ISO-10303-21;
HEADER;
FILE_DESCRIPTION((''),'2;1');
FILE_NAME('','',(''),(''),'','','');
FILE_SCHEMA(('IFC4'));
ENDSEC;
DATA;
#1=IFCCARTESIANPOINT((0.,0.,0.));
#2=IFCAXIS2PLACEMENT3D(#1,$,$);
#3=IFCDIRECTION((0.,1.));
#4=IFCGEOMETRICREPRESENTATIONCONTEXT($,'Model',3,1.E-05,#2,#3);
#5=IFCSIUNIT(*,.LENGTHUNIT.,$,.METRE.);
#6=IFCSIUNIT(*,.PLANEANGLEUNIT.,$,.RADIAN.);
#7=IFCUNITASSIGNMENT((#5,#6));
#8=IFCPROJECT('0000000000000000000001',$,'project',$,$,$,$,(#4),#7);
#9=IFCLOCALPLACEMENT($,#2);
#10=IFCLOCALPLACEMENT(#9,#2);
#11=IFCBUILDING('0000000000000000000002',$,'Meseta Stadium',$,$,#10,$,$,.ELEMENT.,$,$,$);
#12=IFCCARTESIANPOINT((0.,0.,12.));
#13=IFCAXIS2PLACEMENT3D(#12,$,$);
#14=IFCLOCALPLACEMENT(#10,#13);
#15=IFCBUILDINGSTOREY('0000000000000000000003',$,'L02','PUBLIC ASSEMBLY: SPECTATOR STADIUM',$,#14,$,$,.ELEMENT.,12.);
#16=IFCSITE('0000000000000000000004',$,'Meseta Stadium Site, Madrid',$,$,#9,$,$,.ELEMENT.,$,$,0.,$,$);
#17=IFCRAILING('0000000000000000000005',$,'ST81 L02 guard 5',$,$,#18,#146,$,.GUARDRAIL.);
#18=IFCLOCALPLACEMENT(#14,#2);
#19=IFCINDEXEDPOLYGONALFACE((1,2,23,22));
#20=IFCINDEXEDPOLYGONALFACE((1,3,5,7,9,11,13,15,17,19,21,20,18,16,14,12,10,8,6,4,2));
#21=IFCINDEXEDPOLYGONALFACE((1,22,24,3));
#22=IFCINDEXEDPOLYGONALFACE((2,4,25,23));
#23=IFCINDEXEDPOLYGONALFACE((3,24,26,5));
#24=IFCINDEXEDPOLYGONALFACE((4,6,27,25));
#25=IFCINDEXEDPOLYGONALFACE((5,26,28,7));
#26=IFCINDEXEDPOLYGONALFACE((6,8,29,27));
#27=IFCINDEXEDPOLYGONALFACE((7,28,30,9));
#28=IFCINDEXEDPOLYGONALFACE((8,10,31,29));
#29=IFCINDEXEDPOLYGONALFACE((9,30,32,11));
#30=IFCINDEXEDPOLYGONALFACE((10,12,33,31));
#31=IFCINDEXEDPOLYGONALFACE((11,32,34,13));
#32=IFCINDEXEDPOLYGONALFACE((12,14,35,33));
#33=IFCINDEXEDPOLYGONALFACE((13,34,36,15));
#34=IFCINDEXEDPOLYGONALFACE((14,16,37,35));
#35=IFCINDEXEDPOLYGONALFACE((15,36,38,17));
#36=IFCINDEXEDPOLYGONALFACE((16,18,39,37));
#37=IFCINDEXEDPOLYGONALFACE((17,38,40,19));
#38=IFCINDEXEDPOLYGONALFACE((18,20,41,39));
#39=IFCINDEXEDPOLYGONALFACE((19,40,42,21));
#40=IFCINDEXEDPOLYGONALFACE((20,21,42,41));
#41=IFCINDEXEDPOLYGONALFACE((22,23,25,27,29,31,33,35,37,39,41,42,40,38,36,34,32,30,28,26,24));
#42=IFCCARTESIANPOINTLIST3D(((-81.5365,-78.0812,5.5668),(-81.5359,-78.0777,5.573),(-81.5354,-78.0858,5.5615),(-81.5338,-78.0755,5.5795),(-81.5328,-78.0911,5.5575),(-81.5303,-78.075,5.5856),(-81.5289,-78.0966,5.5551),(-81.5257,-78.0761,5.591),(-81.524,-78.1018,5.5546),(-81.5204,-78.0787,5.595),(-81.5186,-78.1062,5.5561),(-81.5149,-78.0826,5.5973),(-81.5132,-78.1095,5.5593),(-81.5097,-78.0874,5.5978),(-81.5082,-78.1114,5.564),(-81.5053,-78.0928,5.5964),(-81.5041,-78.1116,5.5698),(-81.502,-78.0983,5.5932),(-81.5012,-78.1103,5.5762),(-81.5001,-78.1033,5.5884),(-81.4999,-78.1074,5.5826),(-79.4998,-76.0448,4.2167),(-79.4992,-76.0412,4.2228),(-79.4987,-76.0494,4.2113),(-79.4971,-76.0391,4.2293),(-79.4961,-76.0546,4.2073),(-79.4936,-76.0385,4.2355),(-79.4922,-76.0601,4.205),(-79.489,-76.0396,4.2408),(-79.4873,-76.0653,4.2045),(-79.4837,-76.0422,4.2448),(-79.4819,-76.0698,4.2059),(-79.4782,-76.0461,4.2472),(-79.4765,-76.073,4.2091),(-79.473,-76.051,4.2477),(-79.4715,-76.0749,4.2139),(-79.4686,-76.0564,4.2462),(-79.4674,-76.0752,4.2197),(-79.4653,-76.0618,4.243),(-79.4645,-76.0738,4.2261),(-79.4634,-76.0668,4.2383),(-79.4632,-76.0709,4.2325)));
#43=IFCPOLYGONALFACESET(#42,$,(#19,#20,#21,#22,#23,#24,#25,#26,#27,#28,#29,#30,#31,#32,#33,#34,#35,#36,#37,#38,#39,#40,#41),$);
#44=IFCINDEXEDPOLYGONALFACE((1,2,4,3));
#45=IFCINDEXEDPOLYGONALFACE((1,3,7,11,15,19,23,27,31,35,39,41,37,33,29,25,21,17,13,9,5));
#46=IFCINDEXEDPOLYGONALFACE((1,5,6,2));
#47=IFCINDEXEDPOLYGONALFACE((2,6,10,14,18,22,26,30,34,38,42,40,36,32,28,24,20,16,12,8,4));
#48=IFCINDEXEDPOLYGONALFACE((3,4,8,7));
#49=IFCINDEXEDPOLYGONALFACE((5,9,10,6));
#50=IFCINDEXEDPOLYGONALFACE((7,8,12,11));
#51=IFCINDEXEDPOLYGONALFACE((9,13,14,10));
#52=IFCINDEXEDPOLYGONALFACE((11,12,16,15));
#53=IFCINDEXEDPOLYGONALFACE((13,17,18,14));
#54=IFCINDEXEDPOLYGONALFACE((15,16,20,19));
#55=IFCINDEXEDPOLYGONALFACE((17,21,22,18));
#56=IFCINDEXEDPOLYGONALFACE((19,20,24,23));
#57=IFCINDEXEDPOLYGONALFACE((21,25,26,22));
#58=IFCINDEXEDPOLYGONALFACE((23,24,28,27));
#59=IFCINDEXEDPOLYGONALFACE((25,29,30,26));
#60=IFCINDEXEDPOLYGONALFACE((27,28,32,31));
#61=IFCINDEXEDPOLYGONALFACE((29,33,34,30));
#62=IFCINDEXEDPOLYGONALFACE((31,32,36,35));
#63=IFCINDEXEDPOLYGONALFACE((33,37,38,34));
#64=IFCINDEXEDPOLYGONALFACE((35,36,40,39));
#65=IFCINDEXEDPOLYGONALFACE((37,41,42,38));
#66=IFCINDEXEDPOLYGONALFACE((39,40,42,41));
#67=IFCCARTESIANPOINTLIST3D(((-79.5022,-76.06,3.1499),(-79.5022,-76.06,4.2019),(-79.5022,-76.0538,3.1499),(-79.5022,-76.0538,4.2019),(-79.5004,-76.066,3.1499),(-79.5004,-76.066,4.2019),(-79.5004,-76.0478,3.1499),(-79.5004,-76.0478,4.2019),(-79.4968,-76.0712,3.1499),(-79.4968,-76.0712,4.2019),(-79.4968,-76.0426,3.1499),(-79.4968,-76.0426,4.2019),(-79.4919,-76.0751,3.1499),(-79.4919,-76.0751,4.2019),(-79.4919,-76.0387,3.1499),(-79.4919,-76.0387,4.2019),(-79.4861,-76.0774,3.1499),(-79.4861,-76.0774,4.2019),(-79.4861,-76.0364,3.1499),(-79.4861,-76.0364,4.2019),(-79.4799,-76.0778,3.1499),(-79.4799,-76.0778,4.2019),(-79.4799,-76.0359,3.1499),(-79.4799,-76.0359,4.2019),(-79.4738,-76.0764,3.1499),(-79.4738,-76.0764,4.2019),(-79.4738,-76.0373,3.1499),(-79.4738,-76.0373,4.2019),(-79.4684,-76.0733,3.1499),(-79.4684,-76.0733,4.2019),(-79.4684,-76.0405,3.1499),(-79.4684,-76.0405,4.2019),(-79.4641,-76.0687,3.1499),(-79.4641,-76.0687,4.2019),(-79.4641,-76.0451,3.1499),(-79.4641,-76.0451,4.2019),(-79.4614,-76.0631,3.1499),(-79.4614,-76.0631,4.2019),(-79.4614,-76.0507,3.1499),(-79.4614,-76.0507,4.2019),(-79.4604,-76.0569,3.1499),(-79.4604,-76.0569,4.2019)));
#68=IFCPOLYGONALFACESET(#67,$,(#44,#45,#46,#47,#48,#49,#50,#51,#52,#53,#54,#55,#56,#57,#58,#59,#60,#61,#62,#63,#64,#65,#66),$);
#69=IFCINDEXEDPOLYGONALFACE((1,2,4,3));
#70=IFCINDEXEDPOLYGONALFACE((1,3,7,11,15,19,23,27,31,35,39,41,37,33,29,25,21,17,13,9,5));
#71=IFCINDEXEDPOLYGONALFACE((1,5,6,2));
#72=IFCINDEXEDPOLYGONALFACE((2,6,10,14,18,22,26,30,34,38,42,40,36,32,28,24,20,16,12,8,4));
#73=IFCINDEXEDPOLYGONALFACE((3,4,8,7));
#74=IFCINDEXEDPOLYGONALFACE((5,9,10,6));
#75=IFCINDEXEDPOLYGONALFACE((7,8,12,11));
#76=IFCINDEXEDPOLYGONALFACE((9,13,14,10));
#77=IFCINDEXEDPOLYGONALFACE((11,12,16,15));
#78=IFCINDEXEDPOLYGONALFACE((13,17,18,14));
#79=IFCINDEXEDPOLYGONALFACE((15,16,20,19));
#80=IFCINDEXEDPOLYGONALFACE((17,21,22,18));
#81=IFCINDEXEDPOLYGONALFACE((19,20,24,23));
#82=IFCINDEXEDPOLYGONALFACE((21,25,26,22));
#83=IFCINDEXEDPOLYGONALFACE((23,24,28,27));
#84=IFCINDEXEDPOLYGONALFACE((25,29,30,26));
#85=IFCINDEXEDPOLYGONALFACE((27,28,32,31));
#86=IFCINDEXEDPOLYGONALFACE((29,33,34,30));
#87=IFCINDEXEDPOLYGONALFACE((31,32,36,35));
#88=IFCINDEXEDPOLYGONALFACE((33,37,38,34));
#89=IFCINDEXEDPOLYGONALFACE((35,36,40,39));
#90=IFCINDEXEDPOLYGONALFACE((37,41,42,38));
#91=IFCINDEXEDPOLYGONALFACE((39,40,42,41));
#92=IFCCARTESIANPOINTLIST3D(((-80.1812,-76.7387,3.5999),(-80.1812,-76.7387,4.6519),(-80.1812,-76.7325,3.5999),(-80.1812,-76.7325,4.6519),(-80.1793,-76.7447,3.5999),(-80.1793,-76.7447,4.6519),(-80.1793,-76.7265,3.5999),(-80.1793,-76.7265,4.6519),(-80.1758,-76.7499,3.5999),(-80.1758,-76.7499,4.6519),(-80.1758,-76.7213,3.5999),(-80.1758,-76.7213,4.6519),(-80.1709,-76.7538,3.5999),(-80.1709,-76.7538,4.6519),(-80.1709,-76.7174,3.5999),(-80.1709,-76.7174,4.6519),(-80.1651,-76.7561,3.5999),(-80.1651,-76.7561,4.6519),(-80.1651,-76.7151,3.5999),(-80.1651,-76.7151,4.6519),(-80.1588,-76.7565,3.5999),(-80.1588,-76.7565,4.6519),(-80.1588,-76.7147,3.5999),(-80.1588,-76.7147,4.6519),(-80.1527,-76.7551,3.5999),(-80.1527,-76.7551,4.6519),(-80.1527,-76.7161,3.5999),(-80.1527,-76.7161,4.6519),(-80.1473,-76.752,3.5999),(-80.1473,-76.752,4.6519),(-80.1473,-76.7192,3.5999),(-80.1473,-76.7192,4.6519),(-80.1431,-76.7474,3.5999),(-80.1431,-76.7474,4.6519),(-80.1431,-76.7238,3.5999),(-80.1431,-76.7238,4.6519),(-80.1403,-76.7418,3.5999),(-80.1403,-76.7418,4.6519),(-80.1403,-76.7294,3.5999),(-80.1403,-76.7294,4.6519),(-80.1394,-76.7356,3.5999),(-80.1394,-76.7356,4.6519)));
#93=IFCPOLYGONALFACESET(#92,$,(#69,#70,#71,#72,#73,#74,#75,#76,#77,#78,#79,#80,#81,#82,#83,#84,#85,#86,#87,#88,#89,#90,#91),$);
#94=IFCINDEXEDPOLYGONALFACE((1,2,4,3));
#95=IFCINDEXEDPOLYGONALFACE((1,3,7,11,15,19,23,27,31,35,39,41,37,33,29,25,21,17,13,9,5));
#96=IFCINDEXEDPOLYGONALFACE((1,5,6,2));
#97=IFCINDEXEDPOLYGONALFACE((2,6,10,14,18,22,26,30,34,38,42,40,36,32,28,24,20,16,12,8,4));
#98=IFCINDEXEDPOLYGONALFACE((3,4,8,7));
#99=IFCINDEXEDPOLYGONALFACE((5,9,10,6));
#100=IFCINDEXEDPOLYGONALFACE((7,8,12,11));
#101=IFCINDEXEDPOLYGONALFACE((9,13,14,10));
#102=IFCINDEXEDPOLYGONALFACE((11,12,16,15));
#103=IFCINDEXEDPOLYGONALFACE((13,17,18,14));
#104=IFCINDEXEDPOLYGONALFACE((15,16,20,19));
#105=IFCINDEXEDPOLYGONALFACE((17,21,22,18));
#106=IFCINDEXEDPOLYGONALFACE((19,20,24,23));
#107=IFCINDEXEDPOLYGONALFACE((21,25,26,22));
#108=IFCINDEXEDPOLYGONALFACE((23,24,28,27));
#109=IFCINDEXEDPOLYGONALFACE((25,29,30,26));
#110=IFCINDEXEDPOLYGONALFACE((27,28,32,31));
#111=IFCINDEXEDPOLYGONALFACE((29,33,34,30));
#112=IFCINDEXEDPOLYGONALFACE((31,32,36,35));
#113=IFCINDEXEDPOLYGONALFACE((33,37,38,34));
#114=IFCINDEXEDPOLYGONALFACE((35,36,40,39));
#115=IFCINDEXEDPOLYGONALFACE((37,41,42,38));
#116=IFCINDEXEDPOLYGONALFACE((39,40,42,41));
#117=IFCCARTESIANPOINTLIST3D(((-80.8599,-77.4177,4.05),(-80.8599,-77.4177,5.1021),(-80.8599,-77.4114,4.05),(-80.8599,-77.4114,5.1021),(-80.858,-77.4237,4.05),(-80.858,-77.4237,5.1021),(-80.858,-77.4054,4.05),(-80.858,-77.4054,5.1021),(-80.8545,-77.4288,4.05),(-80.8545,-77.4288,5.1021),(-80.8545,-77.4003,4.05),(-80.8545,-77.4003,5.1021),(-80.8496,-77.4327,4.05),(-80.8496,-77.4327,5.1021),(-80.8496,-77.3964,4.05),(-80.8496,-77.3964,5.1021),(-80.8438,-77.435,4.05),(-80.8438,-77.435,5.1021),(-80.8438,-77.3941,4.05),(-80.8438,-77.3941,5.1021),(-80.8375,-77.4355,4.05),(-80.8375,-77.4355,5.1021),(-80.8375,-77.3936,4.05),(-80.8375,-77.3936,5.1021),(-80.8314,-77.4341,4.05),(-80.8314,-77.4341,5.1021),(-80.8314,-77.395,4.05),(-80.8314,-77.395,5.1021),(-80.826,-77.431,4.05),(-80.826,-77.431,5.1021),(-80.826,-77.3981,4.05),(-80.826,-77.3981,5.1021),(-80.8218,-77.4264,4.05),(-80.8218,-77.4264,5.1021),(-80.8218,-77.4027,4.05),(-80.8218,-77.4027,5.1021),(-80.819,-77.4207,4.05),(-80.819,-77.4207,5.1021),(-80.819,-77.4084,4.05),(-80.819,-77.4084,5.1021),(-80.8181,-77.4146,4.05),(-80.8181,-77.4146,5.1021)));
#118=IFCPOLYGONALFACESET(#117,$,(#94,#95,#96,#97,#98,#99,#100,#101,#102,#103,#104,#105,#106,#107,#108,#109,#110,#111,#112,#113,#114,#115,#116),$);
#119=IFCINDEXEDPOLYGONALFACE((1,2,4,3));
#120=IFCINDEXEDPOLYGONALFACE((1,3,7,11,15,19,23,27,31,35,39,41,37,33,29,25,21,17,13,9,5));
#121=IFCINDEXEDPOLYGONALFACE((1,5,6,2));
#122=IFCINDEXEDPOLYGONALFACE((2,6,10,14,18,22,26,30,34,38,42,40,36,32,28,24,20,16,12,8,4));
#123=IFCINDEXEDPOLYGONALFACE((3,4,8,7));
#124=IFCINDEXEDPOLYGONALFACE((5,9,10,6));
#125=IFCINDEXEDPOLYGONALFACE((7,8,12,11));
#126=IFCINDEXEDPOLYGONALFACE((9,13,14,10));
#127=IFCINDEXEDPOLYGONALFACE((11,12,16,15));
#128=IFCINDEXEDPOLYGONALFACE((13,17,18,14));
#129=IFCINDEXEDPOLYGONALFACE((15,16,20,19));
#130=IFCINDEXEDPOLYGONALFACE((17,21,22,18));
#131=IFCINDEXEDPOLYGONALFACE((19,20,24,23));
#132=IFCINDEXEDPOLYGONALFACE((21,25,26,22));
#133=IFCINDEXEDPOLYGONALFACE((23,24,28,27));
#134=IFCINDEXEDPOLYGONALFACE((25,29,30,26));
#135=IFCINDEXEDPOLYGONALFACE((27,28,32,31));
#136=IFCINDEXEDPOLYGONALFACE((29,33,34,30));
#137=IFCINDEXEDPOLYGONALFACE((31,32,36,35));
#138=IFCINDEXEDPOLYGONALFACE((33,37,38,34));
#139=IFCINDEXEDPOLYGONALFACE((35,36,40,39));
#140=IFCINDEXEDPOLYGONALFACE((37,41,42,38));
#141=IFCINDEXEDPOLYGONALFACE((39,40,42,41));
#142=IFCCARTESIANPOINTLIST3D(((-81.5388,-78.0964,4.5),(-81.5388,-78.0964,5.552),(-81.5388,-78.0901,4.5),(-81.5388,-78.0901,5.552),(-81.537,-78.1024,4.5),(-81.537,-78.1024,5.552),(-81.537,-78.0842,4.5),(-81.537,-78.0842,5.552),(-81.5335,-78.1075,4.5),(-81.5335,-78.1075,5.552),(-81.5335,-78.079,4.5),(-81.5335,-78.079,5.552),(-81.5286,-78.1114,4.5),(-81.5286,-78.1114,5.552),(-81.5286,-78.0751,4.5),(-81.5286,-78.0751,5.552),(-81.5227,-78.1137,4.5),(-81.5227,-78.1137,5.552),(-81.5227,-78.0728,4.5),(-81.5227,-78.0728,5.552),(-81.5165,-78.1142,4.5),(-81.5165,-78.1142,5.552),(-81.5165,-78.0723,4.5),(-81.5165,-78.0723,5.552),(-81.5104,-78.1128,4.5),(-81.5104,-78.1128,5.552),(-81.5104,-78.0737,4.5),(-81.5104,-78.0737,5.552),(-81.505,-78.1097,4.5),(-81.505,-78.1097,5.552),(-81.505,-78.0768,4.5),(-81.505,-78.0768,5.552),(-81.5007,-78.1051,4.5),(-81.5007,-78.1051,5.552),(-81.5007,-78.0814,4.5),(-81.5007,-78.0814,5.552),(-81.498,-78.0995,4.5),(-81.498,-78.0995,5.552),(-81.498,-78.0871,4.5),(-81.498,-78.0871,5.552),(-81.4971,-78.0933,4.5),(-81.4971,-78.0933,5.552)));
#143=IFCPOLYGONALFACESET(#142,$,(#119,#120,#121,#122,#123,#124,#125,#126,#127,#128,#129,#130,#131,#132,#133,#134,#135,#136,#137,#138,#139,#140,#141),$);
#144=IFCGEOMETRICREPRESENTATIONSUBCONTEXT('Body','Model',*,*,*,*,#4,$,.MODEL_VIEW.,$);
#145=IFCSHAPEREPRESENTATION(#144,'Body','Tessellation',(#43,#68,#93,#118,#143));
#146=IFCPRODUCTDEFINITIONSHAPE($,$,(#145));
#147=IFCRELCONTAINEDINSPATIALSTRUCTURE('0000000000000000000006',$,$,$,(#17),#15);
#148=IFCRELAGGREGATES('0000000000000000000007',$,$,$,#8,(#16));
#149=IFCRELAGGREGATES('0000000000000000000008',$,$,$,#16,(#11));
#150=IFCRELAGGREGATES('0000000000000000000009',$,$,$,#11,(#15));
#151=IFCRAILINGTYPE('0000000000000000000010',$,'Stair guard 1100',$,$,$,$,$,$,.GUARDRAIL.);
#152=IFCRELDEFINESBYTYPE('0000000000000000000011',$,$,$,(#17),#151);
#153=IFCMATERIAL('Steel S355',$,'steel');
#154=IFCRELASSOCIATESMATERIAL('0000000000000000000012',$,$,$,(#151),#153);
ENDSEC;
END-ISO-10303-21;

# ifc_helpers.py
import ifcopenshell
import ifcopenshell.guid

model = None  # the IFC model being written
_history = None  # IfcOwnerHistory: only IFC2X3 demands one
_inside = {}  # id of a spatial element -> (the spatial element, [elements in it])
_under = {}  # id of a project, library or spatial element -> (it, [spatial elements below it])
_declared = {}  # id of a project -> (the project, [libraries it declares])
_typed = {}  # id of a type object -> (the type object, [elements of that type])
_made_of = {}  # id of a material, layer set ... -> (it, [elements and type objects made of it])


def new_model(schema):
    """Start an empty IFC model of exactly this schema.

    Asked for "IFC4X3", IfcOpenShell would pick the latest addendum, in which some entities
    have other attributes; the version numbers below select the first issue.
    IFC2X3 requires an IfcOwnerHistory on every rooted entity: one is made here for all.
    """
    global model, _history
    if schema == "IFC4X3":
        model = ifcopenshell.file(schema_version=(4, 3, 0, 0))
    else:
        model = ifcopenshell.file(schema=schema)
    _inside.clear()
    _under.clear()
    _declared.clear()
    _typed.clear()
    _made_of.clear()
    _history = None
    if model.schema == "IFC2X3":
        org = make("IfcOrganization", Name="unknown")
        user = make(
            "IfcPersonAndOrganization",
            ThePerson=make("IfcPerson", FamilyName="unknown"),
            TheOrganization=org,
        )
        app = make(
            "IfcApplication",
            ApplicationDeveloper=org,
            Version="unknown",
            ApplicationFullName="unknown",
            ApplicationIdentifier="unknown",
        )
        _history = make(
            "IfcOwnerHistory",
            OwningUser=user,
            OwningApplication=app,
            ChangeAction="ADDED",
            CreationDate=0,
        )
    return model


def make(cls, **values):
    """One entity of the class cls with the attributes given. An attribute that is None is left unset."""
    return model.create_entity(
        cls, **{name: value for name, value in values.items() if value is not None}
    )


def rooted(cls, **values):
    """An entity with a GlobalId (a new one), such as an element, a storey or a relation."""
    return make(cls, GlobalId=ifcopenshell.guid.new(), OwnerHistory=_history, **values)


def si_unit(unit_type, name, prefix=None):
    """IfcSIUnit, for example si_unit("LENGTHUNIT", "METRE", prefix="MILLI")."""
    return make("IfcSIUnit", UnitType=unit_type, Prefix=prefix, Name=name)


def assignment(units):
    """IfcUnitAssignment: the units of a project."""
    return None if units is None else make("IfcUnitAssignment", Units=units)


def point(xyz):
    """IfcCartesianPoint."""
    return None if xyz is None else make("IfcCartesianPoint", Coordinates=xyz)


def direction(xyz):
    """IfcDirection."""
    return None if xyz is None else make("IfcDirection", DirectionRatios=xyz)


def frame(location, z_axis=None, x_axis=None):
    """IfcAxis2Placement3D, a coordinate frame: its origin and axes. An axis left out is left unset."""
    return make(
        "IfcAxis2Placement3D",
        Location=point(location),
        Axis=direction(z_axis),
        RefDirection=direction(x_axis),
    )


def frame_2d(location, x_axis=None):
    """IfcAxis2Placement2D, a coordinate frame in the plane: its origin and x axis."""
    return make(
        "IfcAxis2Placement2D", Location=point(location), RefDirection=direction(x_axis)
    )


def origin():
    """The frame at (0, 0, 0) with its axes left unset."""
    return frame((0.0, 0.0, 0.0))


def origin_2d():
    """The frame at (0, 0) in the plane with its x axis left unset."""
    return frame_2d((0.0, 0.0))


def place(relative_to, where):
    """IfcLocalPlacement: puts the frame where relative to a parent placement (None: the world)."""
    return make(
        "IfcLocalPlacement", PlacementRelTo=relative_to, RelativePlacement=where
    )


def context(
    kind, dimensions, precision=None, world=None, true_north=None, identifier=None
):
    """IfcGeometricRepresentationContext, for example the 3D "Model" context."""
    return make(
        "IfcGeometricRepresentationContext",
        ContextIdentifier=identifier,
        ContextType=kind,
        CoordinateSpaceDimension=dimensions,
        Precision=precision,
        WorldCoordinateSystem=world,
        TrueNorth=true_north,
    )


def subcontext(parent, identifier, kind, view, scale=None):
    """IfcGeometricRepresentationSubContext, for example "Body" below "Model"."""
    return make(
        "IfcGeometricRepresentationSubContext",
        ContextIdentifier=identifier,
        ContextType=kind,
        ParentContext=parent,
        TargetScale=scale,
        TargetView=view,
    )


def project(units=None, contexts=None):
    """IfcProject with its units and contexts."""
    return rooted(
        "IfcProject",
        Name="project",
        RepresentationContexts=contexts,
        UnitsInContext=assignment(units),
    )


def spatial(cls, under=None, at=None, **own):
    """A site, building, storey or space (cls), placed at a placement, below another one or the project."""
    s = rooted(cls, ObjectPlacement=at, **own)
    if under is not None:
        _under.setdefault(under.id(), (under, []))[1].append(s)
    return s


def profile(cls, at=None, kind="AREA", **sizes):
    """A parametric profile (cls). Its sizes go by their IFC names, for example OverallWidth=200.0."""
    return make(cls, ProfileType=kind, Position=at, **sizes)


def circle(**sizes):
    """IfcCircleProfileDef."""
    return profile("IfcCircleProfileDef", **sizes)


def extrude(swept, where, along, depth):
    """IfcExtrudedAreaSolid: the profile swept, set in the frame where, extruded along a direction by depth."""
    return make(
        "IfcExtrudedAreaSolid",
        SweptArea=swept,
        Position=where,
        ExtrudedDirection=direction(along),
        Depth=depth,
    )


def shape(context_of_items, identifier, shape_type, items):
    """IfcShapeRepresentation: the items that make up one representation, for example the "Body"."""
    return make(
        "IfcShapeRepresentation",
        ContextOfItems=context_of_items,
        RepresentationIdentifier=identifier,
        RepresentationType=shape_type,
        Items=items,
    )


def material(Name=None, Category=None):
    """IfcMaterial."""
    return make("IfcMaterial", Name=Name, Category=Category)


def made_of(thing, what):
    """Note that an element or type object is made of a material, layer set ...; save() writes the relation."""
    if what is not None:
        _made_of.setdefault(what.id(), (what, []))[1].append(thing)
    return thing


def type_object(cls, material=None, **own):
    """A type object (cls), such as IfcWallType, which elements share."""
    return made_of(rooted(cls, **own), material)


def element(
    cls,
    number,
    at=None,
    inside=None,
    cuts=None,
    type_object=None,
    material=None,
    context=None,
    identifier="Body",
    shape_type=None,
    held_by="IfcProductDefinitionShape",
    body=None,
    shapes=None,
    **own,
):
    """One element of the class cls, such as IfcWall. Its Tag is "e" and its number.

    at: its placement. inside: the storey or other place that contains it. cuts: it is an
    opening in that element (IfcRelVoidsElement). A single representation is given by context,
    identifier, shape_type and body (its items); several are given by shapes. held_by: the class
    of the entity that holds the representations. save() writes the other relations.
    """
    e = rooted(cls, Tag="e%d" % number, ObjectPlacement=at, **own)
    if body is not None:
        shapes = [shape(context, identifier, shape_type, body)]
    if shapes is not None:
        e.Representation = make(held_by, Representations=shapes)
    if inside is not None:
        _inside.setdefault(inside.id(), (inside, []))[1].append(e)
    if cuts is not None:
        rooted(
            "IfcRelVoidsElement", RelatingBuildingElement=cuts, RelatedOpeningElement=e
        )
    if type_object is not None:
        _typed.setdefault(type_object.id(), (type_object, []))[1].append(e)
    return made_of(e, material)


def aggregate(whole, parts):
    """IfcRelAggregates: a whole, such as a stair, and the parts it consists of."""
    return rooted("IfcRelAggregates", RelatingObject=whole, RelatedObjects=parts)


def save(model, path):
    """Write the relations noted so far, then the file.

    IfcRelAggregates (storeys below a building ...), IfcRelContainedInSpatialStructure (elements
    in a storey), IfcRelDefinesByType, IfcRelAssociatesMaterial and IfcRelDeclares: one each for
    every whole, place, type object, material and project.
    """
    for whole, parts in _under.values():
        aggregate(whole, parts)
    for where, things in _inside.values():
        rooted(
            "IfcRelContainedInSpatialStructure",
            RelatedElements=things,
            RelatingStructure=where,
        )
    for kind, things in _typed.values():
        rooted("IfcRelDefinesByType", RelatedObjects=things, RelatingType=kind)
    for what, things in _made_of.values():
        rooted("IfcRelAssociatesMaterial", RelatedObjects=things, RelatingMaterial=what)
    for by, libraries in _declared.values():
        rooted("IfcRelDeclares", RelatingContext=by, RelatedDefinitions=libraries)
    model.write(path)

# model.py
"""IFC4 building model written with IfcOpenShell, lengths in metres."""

from ifc_helpers import new_model, si_unit, direction, frame, origin, origin_2d, place, context, subcontext, project, spatial, circle, extrude, material, type_object, element, save


model = new_model("IFC4")

# Units and contexts
model_context = context("Model", 3, precision=1e-05, world=origin(), true_north=direction((0.0, 1.0)))
body_context = subcontext(model_context, "Body", "Model", "MODEL_VIEW")
ifc_project = project(units=[si_unit("LENGTHUNIT", "METRE"), si_unit("PLANEANGLEUNIT", "RADIAN")], contexts=[model_context])

# Site, building, storey
site_placement = place(None, origin())
site = spatial("IfcSite", under=ifc_project, at=site_placement, Name="Meseta Stadium Site, Madrid", CompositionType="ELEMENT", RefElevation=0.0)
building_placement = place(site_placement, origin())
building = spatial("IfcBuilding", under=site, at=building_placement, Name="Meseta Stadium", CompositionType="ELEMENT")
storey_placement = place(building_placement, frame((0.0, 0.0, 12.0)))
storey = spatial("IfcBuildingStorey", under=building, at=storey_placement, Name="L02", Description="PUBLIC ASSEMBLY: SPECTATOR STADIUM", CompositionType="ELEMENT", Elevation=12.0)

# Railing
ifc_material_1 = material(Name="Steel S355", Category="steel")
railing_type_1 = type_object("IfcRailingType", Name="Stair guard 1100", PredefinedType="GUARDRAIL", material=ifc_material_1)
railing_1_placement = place(storey_placement, frame((-79.4814, -76.0569, 3.1499)))
element("IfcRailing", 1, at=railing_1_placement, inside=storey, type_object=railing_type_1, Name="ST81 L02 guard 5", PredefinedType="GUARDRAIL", context=body_context, shape_type="SweptSolid", body=[
    extrude(circle(Radius=0.0239, at=origin_2d()), frame((0.0, 0.0, 1.0762), z_axis=(-0.640288, -0.640211, 0.424454), x_axis=(0.707064, -0.707149, 0.0)), (0.0, 0.0, 1.0), 3.1809),
    extrude(circle(Radius=0.021, at=origin_2d()), origin(), (0.0, 0.0, 1.0), 1.052),
    extrude(circle(Radius=0.021, at=origin_2d()), frame((-0.679, -0.6787, 0.45)), (0.0, 0.0, 1.0), 1.052),
    extrude(circle(Radius=0.021, at=origin_2d()), frame((-1.3577, -1.3577, 0.9001)), (0.0, 0.0, 1.0), 1.052),
    extrude(circle(Radius=0.021, at=origin_2d()), frame((-2.0366, -2.0364, 1.3501)), (0.0, 0.0, 1.0), 1.052),
])

save(model, "model.ifc")
